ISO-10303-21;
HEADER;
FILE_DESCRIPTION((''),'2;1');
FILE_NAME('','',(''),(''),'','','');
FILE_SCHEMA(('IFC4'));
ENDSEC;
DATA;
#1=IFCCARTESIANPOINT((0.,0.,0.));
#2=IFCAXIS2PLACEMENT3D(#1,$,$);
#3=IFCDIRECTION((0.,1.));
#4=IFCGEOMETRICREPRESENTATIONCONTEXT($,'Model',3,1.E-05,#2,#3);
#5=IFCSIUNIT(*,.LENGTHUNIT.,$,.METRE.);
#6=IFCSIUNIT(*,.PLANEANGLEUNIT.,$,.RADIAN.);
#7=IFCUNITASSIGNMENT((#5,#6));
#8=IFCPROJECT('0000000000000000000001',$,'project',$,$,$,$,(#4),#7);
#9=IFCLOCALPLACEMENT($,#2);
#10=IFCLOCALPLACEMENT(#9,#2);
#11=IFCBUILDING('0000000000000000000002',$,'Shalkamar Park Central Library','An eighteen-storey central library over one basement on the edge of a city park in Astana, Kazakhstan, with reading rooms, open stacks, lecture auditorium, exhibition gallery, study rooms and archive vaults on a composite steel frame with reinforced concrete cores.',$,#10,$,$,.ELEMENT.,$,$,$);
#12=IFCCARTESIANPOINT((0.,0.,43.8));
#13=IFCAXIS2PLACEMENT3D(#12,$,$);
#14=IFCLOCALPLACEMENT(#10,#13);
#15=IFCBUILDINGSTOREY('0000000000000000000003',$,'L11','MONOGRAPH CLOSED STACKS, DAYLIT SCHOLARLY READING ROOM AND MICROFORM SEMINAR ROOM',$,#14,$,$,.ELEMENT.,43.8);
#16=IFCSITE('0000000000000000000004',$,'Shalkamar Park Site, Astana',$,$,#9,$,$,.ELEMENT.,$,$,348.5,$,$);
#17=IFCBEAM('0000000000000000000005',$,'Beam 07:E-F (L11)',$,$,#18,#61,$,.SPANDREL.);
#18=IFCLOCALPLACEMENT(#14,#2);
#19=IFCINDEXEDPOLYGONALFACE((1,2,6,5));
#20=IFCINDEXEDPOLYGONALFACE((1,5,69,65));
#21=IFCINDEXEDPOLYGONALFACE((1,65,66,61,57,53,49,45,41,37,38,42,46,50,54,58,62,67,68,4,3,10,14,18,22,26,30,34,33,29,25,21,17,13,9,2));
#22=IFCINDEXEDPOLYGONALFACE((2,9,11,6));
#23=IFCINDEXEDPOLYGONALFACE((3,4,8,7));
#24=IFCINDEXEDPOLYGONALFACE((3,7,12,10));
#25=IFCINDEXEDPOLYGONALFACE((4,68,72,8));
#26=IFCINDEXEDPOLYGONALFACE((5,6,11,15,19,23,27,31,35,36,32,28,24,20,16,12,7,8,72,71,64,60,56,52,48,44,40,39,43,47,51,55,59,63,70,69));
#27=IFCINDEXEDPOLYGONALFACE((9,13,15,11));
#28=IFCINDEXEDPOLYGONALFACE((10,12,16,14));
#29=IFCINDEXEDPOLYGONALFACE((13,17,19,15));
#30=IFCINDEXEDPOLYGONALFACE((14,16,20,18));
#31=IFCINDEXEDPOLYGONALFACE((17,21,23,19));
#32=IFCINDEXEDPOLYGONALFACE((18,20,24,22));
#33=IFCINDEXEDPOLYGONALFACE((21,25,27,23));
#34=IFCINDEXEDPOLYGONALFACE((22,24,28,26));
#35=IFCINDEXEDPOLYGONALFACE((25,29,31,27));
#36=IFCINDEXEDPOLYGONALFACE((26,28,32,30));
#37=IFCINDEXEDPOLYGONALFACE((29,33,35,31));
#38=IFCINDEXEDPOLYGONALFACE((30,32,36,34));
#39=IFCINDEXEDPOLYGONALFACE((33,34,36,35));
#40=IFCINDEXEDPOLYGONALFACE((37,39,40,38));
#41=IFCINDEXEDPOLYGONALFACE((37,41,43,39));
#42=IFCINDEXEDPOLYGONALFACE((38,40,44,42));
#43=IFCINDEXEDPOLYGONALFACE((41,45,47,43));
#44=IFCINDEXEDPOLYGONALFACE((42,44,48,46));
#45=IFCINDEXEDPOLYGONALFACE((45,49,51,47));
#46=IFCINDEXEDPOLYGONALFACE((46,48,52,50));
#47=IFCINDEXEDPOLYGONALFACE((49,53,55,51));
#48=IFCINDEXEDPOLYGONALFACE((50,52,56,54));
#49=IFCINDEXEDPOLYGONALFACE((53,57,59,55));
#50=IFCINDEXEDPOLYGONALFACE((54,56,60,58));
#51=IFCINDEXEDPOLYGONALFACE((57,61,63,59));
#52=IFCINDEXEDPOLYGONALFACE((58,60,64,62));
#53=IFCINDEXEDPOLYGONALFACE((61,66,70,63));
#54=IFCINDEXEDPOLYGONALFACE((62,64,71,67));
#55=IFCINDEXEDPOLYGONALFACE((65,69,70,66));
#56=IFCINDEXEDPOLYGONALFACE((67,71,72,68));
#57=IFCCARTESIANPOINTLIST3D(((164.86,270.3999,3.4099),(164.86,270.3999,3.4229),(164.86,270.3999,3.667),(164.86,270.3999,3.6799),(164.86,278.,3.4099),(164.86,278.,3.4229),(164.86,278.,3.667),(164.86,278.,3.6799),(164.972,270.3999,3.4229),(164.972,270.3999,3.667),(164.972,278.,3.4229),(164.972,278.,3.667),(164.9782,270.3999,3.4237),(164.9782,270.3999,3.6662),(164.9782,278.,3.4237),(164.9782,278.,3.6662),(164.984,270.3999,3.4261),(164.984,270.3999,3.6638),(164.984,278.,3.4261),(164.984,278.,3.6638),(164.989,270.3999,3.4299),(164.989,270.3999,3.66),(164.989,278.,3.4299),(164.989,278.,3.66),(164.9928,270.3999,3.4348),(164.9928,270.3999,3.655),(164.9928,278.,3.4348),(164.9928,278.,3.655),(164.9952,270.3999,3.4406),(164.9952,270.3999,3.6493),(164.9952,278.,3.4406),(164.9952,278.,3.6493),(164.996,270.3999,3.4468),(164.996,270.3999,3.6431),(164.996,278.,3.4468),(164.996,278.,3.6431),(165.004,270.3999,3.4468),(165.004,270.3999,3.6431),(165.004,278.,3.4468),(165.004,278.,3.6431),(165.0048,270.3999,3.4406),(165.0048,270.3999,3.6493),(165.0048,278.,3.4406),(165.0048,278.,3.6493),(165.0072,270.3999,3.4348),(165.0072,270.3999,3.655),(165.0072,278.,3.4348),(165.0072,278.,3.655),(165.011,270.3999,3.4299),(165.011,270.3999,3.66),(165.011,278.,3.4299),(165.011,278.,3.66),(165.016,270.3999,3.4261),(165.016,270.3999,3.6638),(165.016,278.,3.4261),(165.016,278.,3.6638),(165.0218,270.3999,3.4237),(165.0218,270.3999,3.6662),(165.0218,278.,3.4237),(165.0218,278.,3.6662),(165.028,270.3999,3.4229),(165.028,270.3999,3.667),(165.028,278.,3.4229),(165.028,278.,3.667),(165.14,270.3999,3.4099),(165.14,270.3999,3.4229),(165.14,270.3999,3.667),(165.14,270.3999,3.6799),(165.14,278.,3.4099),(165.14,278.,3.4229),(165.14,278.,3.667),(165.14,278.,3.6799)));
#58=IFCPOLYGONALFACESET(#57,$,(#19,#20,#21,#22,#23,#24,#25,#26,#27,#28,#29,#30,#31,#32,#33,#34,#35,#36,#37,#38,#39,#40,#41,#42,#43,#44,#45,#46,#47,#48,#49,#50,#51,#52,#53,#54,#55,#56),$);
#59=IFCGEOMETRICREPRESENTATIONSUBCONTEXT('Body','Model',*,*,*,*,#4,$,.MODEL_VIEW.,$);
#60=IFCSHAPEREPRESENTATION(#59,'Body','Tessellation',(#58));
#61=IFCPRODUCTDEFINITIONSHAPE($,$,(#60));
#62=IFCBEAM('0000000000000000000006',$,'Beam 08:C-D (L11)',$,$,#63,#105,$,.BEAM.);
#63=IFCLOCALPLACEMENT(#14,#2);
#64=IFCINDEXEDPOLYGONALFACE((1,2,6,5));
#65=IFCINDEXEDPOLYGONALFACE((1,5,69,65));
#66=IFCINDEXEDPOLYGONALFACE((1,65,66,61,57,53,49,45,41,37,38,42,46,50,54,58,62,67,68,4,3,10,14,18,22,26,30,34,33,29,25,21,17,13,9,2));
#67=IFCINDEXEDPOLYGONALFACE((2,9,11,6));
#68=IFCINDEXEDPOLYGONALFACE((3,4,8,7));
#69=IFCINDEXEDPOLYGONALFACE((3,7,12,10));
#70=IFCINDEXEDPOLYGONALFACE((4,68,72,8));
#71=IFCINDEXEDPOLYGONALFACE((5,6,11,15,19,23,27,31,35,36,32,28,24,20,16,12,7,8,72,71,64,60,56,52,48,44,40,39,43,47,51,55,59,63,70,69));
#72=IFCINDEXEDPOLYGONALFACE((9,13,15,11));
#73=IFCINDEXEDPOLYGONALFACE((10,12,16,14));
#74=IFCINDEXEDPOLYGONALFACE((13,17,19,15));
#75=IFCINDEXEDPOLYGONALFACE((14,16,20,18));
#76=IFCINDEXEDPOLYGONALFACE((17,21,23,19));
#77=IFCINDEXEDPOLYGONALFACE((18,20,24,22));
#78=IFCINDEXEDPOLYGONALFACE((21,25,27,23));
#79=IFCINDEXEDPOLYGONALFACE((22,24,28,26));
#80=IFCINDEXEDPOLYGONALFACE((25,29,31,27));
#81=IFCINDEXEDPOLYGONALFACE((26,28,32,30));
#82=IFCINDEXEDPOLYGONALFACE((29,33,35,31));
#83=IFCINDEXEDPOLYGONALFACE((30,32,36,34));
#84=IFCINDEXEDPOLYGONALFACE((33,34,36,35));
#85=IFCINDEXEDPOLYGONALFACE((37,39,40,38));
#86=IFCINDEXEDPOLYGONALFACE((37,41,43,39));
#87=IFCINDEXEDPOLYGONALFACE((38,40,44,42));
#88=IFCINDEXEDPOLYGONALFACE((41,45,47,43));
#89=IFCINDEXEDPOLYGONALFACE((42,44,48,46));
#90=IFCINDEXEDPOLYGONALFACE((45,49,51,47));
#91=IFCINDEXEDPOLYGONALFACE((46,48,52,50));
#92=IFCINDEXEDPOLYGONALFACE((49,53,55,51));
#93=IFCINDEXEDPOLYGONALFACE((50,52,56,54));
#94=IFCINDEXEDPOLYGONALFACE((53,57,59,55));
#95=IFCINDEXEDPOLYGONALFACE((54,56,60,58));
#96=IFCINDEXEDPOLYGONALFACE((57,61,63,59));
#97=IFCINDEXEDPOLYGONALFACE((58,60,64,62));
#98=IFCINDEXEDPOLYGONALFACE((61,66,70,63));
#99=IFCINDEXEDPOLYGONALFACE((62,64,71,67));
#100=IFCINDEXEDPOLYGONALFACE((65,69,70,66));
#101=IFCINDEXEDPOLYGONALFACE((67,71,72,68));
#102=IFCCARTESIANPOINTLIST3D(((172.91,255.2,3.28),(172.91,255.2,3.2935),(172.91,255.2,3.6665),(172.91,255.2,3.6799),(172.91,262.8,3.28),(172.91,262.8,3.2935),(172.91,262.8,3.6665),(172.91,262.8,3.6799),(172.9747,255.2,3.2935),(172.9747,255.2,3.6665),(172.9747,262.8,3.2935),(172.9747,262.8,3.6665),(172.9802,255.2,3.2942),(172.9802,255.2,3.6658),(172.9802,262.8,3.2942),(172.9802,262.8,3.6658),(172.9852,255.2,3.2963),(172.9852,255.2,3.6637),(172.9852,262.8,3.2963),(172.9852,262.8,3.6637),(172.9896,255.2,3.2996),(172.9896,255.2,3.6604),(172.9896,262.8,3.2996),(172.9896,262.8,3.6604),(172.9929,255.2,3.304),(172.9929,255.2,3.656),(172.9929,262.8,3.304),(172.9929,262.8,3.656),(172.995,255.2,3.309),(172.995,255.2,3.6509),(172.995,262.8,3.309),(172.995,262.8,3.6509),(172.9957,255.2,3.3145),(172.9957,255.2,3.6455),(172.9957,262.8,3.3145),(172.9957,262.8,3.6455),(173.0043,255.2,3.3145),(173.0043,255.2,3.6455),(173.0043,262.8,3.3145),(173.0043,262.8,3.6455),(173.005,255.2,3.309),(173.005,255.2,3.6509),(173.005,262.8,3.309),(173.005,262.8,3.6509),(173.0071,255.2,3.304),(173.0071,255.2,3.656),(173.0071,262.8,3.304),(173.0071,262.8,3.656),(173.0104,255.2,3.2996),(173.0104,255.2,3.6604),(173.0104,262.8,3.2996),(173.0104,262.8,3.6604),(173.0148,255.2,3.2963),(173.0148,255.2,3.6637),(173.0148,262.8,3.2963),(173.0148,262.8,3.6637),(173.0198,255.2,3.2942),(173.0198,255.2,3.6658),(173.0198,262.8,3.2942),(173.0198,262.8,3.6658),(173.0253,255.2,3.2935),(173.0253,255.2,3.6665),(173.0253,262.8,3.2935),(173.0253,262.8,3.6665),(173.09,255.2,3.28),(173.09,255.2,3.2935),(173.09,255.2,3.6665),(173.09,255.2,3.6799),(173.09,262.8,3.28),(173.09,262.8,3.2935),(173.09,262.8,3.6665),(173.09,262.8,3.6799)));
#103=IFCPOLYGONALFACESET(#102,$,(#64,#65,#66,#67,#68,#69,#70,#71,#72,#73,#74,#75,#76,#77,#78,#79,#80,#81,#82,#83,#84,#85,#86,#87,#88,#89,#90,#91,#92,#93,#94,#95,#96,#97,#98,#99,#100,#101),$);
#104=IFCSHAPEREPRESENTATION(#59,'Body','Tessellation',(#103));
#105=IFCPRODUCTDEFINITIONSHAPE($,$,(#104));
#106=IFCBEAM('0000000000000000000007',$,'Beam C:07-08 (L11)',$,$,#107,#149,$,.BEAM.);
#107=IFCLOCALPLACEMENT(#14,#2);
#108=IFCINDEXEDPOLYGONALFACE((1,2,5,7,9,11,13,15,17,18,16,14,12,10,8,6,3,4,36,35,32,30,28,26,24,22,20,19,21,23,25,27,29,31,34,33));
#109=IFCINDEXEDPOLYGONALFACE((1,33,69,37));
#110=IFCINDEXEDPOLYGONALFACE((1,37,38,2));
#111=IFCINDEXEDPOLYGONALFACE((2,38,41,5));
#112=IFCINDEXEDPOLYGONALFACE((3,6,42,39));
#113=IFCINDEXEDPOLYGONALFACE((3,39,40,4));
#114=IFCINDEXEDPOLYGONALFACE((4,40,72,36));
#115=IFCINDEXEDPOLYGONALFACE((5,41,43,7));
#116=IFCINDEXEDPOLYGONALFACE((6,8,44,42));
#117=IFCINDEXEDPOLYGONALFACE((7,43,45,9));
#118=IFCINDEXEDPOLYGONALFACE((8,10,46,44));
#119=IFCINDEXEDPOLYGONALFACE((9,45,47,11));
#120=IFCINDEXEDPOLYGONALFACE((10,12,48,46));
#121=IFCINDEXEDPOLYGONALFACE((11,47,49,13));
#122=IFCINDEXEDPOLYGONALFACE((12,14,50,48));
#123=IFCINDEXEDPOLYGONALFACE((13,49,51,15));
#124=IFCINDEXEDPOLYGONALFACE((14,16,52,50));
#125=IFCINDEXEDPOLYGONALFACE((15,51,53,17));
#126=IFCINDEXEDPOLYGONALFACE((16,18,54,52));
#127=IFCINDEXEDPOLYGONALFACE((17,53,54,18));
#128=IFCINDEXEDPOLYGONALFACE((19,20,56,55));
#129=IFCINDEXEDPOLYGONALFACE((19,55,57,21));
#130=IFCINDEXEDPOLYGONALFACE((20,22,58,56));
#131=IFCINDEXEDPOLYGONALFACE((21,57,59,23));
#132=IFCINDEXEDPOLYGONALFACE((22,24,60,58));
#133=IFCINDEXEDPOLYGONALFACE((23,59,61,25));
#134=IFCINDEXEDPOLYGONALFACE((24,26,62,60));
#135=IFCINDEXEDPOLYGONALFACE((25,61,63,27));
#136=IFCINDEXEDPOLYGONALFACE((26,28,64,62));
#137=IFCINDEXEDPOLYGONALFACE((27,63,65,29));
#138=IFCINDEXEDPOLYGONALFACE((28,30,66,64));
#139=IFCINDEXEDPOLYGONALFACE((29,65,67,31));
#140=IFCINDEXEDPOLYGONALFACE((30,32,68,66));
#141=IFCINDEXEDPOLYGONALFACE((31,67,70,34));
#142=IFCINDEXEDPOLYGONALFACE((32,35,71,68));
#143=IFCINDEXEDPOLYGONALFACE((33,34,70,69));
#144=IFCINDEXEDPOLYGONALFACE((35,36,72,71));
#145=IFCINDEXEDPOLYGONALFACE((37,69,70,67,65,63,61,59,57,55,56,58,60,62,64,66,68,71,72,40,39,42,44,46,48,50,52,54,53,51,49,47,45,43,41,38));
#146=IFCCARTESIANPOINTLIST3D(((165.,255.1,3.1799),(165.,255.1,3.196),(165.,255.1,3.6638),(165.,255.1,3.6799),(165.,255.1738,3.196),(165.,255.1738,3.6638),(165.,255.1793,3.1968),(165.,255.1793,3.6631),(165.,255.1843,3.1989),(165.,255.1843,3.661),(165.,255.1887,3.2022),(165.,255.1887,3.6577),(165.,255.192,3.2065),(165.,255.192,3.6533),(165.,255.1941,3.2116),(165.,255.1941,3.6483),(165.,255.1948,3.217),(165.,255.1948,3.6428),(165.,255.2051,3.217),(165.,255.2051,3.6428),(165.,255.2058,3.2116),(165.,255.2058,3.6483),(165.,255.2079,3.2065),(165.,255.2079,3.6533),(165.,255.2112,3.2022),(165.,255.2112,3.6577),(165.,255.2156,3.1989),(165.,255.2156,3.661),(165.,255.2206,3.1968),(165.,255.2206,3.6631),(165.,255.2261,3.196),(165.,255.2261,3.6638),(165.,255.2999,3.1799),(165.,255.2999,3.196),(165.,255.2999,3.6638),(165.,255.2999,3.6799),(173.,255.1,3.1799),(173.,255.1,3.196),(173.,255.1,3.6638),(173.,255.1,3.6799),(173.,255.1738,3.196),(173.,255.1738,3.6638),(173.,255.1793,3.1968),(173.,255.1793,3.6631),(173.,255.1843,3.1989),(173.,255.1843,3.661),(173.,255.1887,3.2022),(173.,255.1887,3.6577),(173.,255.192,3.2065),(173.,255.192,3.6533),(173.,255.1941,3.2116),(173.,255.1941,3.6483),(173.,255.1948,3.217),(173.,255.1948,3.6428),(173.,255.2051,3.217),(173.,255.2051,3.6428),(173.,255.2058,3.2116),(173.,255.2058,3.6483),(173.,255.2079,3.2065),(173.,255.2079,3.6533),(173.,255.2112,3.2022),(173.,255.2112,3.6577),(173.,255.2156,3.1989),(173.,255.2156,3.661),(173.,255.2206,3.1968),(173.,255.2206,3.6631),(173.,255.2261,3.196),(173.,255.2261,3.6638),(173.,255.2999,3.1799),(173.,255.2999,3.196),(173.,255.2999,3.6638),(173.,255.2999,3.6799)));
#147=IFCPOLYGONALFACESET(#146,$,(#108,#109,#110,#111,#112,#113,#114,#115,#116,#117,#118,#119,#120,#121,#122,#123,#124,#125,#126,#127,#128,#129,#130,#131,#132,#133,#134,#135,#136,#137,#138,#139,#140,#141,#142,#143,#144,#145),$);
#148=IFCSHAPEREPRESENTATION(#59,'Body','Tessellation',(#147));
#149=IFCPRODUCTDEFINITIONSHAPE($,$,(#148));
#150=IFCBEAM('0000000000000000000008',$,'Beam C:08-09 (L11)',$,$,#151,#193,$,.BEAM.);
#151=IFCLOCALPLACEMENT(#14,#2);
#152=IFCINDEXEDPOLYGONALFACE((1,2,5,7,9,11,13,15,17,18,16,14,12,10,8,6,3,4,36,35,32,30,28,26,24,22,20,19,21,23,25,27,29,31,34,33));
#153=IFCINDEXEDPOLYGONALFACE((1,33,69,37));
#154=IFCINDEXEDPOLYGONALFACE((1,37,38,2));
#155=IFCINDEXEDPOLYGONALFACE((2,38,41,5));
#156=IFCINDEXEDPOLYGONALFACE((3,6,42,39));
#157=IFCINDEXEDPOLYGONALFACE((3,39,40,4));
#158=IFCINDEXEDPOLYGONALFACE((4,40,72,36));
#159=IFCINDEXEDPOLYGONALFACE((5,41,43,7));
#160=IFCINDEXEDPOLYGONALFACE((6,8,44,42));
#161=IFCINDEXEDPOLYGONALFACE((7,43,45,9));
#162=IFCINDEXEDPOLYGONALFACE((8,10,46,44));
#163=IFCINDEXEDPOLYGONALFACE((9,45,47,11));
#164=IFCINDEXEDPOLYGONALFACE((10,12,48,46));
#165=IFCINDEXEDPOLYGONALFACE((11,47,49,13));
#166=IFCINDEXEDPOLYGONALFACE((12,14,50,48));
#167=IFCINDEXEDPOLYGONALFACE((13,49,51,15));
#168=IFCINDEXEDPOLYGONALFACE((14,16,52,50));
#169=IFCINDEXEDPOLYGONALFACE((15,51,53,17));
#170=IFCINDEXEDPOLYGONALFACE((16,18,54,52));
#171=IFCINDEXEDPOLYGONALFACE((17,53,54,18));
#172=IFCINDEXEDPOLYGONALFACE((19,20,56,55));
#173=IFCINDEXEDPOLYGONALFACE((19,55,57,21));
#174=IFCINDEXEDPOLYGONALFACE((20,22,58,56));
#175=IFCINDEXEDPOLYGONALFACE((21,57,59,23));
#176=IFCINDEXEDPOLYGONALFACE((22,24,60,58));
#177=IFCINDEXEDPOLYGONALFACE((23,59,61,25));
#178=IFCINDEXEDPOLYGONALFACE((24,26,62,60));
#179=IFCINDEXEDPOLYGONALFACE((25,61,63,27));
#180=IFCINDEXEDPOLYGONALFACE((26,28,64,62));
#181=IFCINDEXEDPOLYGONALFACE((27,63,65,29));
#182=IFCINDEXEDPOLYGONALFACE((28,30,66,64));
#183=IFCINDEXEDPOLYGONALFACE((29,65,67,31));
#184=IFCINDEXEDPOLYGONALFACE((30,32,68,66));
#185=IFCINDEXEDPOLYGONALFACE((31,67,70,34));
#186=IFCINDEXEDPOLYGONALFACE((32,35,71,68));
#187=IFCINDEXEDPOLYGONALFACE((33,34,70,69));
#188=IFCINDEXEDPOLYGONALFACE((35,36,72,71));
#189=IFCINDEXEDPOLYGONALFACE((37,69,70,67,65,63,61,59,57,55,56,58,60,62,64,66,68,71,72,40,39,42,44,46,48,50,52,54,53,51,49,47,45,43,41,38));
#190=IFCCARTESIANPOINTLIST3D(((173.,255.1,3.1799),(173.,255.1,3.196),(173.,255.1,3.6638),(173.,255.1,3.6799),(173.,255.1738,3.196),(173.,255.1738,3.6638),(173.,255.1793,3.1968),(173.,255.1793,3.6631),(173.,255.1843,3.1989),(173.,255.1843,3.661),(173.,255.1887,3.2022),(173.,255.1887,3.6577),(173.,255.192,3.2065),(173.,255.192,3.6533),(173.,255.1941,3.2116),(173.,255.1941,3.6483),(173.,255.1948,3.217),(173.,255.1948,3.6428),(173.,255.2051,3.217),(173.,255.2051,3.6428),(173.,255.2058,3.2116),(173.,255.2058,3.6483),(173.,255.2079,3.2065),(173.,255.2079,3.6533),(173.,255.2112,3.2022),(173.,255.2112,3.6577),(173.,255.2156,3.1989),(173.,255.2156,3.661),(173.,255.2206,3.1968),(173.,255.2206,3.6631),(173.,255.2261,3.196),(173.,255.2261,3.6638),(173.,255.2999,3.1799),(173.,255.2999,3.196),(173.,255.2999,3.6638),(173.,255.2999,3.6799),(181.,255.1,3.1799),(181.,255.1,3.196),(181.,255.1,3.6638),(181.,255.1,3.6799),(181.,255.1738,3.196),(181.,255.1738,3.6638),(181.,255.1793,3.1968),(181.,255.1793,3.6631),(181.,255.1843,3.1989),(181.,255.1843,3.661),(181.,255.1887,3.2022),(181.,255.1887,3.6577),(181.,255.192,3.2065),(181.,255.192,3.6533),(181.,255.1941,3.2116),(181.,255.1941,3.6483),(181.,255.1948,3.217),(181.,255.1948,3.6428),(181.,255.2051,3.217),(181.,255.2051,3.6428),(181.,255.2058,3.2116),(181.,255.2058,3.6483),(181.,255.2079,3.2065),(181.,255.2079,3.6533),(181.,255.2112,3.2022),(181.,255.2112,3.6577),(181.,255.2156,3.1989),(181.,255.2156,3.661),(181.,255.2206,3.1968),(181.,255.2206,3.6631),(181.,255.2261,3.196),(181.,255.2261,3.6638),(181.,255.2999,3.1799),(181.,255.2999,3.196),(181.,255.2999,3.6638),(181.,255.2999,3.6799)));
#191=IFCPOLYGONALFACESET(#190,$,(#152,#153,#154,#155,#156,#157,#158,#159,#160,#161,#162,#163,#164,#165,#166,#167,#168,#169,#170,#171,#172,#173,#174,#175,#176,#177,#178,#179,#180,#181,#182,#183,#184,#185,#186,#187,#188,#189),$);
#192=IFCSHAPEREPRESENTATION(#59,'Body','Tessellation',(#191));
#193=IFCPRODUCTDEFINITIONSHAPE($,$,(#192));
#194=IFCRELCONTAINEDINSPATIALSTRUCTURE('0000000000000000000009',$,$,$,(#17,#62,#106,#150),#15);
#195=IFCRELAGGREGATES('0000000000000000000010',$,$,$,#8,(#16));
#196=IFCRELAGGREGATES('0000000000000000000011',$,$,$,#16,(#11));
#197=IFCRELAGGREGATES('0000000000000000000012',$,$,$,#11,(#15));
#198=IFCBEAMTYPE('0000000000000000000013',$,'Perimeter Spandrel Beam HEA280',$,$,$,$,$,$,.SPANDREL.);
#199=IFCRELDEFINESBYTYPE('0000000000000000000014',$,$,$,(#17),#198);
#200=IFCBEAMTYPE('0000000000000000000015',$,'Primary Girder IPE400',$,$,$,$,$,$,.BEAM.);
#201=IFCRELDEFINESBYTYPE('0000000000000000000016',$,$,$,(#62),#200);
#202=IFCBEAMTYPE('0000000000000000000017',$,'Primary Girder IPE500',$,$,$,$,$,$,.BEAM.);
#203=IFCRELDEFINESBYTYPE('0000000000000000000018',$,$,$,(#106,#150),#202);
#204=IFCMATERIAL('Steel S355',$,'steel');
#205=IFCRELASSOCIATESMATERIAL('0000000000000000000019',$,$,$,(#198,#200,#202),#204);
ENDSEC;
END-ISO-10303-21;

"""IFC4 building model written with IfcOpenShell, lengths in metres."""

from ifc_helpers import new_model, si_unit, direction, frame, origin, origin_2d, place, context, subcontext, project, spatial, i_section, extrude, material, material_profile, profile_set, type_object, element, save


model = new_model("IFC4")

# Units and contexts
model_context = context("Model", 3, precision=1e-05, world=origin(), true_north=direction((0.0, 1.0)))
body_context = subcontext(model_context, "Body", "Model", "MODEL_VIEW")
ifc_project = project(units=[si_unit("LENGTHUNIT", "METRE"), si_unit("PLANEANGLEUNIT", "RADIAN")], contexts=[model_context])

# Site, building, storey
site_placement = place(None, origin())
site = spatial("IfcSite", under=ifc_project, at=site_placement, Name="Shalkamar Park Site, Astana", CompositionType="ELEMENT", RefElevation=348.5)
building_placement = place(site_placement, origin())
building = spatial("IfcBuilding", under=site, at=building_placement, Name="Shalkamar Park Central Library", Description="An eighteen-storey central library over one basement on the edge of a city park in Astana, Kazakhstan, with reading rooms, open stacks, lecture auditorium, exhibition gallery, study rooms and archive vaults on a composite steel frame with reinforced concrete cores.", CompositionType="ELEMENT")
storey_placement = place(building_placement, frame((0.0, 0.0, 43.8)))
storey = spatial("IfcBuildingStorey", under=building, at=storey_placement, Name="L11", Description="MONOGRAPH CLOSED STACKS, DAYLIT SCHOLARLY READING ROOM AND MICROFORM SEMINAR ROOM", CompositionType="ELEMENT", Elevation=43.8)

# Shared definitions
ifc_material_1 = material(Name="Steel S355", Category="steel")

# Beams
ifc_material_profile_1 = material_profile(ifc_material_1, i_section(OverallWidth=0.28, OverallDepth=0.27, WebThickness=0.0081, FlangeThickness=0.0129, FilletRadius=0.0239, at=origin_2d()), Name="HEA 280")
ifc_profile_set_1 = profile_set([ifc_material_profile_1], Name="Steel S355")
beam_type_1 = type_object("IfcBeamType", Name="Perimeter Spandrel Beam HEA280", PredefinedType="SPANDREL", material=ifc_profile_set_1)
beam_1_placement = place(storey_placement, frame((165.0, 270.3999, 3.5449), z_axis=(0.0, 1.0, 0.0), x_axis=(-1.0, 0.0, 0.0)))
element("IfcBeam", 1, at=beam_1_placement, inside=storey, type_object=beam_type_1, Name="Beam 07:E-F (L11)", PredefinedType="SPANDREL", context=body_context, shape_type="SweptSolid", body=[
    extrude(i_section(OverallWidth=0.28, OverallDepth=0.27, WebThickness=0.0081, FlangeThickness=0.0129, FilletRadius=0.0239, at=origin_2d()), origin(), (0.0, 0.0, 1.0), 7.6001),
])
ifc_material_profile_2 = material_profile(ifc_material_1, i_section(OverallWidth=0.1799, OverallDepth=0.3999, WebThickness=0.0085, FlangeThickness=0.0134, FilletRadius=0.021, at=origin_2d()), Name="IPE 400")
ifc_profile_set_2 = profile_set([ifc_material_profile_2], Name="Steel S355")
beam_type_2 = type_object("IfcBeamType", Name="Primary Girder IPE400", PredefinedType="BEAM", material=ifc_profile_set_2)
beam_2_placement = place(storey_placement, frame((173.0, 255.2, 3.48), z_axis=(0.0, 1.0, 0.0), x_axis=(-1.0, 0.0, 0.0)))
element("IfcBeam", 2, at=beam_2_placement, inside=storey, type_object=beam_type_2, Name="Beam 08:C-D (L11)", PredefinedType="BEAM", context=body_context, shape_type="SweptSolid", body=[
    extrude(i_section(OverallWidth=0.1799, OverallDepth=0.3999, WebThickness=0.0085, FlangeThickness=0.0134, FilletRadius=0.021, at=origin_2d()), origin(), (0.0, 0.0, 1.0), 7.6001),
])
ifc_material_profile_3 = material_profile(ifc_material_1, i_section(OverallWidth=0.2, OverallDepth=0.5, WebThickness=0.0103, FlangeThickness=0.0161, FilletRadius=0.021, at=origin_2d()), Name="IPE 500")
ifc_profile_set_3 = profile_set([ifc_material_profile_3], Name="Steel S355")
beam_type_3 = type_object("IfcBeamType", Name="Primary Girder IPE500", PredefinedType="BEAM", material=ifc_profile_set_3)
for number, where, z_axis, x_axis, name in (
    (3, (165.0, 255.2, 3.4299), (1.0, 0.0, 0.0), (0.0, 1.0, 0.0), "Beam C:07-08 (L11)"),
    (4, (173.0, 255.2, 3.4299), (1.0, 0.0, 0.0), (0.0, 1.0, 0.0), "Beam C:08-09 (L11)"),
):
    element("IfcBeam", number, at=place(storey_placement, frame(where, z_axis=z_axis, x_axis=x_axis)), inside=storey, type_object=beam_type_3, Name=name, PredefinedType="BEAM", context=body_context, shape_type="SweptSolid", body=[
        extrude(i_section(OverallWidth=0.2, OverallDepth=0.5, WebThickness=0.0103, FlangeThickness=0.0161, FilletRadius=0.021, at=origin_2d()), origin(), (0.0, 0.0, 1.0), 8.0),
    ])

save(model, "model.ifc")
